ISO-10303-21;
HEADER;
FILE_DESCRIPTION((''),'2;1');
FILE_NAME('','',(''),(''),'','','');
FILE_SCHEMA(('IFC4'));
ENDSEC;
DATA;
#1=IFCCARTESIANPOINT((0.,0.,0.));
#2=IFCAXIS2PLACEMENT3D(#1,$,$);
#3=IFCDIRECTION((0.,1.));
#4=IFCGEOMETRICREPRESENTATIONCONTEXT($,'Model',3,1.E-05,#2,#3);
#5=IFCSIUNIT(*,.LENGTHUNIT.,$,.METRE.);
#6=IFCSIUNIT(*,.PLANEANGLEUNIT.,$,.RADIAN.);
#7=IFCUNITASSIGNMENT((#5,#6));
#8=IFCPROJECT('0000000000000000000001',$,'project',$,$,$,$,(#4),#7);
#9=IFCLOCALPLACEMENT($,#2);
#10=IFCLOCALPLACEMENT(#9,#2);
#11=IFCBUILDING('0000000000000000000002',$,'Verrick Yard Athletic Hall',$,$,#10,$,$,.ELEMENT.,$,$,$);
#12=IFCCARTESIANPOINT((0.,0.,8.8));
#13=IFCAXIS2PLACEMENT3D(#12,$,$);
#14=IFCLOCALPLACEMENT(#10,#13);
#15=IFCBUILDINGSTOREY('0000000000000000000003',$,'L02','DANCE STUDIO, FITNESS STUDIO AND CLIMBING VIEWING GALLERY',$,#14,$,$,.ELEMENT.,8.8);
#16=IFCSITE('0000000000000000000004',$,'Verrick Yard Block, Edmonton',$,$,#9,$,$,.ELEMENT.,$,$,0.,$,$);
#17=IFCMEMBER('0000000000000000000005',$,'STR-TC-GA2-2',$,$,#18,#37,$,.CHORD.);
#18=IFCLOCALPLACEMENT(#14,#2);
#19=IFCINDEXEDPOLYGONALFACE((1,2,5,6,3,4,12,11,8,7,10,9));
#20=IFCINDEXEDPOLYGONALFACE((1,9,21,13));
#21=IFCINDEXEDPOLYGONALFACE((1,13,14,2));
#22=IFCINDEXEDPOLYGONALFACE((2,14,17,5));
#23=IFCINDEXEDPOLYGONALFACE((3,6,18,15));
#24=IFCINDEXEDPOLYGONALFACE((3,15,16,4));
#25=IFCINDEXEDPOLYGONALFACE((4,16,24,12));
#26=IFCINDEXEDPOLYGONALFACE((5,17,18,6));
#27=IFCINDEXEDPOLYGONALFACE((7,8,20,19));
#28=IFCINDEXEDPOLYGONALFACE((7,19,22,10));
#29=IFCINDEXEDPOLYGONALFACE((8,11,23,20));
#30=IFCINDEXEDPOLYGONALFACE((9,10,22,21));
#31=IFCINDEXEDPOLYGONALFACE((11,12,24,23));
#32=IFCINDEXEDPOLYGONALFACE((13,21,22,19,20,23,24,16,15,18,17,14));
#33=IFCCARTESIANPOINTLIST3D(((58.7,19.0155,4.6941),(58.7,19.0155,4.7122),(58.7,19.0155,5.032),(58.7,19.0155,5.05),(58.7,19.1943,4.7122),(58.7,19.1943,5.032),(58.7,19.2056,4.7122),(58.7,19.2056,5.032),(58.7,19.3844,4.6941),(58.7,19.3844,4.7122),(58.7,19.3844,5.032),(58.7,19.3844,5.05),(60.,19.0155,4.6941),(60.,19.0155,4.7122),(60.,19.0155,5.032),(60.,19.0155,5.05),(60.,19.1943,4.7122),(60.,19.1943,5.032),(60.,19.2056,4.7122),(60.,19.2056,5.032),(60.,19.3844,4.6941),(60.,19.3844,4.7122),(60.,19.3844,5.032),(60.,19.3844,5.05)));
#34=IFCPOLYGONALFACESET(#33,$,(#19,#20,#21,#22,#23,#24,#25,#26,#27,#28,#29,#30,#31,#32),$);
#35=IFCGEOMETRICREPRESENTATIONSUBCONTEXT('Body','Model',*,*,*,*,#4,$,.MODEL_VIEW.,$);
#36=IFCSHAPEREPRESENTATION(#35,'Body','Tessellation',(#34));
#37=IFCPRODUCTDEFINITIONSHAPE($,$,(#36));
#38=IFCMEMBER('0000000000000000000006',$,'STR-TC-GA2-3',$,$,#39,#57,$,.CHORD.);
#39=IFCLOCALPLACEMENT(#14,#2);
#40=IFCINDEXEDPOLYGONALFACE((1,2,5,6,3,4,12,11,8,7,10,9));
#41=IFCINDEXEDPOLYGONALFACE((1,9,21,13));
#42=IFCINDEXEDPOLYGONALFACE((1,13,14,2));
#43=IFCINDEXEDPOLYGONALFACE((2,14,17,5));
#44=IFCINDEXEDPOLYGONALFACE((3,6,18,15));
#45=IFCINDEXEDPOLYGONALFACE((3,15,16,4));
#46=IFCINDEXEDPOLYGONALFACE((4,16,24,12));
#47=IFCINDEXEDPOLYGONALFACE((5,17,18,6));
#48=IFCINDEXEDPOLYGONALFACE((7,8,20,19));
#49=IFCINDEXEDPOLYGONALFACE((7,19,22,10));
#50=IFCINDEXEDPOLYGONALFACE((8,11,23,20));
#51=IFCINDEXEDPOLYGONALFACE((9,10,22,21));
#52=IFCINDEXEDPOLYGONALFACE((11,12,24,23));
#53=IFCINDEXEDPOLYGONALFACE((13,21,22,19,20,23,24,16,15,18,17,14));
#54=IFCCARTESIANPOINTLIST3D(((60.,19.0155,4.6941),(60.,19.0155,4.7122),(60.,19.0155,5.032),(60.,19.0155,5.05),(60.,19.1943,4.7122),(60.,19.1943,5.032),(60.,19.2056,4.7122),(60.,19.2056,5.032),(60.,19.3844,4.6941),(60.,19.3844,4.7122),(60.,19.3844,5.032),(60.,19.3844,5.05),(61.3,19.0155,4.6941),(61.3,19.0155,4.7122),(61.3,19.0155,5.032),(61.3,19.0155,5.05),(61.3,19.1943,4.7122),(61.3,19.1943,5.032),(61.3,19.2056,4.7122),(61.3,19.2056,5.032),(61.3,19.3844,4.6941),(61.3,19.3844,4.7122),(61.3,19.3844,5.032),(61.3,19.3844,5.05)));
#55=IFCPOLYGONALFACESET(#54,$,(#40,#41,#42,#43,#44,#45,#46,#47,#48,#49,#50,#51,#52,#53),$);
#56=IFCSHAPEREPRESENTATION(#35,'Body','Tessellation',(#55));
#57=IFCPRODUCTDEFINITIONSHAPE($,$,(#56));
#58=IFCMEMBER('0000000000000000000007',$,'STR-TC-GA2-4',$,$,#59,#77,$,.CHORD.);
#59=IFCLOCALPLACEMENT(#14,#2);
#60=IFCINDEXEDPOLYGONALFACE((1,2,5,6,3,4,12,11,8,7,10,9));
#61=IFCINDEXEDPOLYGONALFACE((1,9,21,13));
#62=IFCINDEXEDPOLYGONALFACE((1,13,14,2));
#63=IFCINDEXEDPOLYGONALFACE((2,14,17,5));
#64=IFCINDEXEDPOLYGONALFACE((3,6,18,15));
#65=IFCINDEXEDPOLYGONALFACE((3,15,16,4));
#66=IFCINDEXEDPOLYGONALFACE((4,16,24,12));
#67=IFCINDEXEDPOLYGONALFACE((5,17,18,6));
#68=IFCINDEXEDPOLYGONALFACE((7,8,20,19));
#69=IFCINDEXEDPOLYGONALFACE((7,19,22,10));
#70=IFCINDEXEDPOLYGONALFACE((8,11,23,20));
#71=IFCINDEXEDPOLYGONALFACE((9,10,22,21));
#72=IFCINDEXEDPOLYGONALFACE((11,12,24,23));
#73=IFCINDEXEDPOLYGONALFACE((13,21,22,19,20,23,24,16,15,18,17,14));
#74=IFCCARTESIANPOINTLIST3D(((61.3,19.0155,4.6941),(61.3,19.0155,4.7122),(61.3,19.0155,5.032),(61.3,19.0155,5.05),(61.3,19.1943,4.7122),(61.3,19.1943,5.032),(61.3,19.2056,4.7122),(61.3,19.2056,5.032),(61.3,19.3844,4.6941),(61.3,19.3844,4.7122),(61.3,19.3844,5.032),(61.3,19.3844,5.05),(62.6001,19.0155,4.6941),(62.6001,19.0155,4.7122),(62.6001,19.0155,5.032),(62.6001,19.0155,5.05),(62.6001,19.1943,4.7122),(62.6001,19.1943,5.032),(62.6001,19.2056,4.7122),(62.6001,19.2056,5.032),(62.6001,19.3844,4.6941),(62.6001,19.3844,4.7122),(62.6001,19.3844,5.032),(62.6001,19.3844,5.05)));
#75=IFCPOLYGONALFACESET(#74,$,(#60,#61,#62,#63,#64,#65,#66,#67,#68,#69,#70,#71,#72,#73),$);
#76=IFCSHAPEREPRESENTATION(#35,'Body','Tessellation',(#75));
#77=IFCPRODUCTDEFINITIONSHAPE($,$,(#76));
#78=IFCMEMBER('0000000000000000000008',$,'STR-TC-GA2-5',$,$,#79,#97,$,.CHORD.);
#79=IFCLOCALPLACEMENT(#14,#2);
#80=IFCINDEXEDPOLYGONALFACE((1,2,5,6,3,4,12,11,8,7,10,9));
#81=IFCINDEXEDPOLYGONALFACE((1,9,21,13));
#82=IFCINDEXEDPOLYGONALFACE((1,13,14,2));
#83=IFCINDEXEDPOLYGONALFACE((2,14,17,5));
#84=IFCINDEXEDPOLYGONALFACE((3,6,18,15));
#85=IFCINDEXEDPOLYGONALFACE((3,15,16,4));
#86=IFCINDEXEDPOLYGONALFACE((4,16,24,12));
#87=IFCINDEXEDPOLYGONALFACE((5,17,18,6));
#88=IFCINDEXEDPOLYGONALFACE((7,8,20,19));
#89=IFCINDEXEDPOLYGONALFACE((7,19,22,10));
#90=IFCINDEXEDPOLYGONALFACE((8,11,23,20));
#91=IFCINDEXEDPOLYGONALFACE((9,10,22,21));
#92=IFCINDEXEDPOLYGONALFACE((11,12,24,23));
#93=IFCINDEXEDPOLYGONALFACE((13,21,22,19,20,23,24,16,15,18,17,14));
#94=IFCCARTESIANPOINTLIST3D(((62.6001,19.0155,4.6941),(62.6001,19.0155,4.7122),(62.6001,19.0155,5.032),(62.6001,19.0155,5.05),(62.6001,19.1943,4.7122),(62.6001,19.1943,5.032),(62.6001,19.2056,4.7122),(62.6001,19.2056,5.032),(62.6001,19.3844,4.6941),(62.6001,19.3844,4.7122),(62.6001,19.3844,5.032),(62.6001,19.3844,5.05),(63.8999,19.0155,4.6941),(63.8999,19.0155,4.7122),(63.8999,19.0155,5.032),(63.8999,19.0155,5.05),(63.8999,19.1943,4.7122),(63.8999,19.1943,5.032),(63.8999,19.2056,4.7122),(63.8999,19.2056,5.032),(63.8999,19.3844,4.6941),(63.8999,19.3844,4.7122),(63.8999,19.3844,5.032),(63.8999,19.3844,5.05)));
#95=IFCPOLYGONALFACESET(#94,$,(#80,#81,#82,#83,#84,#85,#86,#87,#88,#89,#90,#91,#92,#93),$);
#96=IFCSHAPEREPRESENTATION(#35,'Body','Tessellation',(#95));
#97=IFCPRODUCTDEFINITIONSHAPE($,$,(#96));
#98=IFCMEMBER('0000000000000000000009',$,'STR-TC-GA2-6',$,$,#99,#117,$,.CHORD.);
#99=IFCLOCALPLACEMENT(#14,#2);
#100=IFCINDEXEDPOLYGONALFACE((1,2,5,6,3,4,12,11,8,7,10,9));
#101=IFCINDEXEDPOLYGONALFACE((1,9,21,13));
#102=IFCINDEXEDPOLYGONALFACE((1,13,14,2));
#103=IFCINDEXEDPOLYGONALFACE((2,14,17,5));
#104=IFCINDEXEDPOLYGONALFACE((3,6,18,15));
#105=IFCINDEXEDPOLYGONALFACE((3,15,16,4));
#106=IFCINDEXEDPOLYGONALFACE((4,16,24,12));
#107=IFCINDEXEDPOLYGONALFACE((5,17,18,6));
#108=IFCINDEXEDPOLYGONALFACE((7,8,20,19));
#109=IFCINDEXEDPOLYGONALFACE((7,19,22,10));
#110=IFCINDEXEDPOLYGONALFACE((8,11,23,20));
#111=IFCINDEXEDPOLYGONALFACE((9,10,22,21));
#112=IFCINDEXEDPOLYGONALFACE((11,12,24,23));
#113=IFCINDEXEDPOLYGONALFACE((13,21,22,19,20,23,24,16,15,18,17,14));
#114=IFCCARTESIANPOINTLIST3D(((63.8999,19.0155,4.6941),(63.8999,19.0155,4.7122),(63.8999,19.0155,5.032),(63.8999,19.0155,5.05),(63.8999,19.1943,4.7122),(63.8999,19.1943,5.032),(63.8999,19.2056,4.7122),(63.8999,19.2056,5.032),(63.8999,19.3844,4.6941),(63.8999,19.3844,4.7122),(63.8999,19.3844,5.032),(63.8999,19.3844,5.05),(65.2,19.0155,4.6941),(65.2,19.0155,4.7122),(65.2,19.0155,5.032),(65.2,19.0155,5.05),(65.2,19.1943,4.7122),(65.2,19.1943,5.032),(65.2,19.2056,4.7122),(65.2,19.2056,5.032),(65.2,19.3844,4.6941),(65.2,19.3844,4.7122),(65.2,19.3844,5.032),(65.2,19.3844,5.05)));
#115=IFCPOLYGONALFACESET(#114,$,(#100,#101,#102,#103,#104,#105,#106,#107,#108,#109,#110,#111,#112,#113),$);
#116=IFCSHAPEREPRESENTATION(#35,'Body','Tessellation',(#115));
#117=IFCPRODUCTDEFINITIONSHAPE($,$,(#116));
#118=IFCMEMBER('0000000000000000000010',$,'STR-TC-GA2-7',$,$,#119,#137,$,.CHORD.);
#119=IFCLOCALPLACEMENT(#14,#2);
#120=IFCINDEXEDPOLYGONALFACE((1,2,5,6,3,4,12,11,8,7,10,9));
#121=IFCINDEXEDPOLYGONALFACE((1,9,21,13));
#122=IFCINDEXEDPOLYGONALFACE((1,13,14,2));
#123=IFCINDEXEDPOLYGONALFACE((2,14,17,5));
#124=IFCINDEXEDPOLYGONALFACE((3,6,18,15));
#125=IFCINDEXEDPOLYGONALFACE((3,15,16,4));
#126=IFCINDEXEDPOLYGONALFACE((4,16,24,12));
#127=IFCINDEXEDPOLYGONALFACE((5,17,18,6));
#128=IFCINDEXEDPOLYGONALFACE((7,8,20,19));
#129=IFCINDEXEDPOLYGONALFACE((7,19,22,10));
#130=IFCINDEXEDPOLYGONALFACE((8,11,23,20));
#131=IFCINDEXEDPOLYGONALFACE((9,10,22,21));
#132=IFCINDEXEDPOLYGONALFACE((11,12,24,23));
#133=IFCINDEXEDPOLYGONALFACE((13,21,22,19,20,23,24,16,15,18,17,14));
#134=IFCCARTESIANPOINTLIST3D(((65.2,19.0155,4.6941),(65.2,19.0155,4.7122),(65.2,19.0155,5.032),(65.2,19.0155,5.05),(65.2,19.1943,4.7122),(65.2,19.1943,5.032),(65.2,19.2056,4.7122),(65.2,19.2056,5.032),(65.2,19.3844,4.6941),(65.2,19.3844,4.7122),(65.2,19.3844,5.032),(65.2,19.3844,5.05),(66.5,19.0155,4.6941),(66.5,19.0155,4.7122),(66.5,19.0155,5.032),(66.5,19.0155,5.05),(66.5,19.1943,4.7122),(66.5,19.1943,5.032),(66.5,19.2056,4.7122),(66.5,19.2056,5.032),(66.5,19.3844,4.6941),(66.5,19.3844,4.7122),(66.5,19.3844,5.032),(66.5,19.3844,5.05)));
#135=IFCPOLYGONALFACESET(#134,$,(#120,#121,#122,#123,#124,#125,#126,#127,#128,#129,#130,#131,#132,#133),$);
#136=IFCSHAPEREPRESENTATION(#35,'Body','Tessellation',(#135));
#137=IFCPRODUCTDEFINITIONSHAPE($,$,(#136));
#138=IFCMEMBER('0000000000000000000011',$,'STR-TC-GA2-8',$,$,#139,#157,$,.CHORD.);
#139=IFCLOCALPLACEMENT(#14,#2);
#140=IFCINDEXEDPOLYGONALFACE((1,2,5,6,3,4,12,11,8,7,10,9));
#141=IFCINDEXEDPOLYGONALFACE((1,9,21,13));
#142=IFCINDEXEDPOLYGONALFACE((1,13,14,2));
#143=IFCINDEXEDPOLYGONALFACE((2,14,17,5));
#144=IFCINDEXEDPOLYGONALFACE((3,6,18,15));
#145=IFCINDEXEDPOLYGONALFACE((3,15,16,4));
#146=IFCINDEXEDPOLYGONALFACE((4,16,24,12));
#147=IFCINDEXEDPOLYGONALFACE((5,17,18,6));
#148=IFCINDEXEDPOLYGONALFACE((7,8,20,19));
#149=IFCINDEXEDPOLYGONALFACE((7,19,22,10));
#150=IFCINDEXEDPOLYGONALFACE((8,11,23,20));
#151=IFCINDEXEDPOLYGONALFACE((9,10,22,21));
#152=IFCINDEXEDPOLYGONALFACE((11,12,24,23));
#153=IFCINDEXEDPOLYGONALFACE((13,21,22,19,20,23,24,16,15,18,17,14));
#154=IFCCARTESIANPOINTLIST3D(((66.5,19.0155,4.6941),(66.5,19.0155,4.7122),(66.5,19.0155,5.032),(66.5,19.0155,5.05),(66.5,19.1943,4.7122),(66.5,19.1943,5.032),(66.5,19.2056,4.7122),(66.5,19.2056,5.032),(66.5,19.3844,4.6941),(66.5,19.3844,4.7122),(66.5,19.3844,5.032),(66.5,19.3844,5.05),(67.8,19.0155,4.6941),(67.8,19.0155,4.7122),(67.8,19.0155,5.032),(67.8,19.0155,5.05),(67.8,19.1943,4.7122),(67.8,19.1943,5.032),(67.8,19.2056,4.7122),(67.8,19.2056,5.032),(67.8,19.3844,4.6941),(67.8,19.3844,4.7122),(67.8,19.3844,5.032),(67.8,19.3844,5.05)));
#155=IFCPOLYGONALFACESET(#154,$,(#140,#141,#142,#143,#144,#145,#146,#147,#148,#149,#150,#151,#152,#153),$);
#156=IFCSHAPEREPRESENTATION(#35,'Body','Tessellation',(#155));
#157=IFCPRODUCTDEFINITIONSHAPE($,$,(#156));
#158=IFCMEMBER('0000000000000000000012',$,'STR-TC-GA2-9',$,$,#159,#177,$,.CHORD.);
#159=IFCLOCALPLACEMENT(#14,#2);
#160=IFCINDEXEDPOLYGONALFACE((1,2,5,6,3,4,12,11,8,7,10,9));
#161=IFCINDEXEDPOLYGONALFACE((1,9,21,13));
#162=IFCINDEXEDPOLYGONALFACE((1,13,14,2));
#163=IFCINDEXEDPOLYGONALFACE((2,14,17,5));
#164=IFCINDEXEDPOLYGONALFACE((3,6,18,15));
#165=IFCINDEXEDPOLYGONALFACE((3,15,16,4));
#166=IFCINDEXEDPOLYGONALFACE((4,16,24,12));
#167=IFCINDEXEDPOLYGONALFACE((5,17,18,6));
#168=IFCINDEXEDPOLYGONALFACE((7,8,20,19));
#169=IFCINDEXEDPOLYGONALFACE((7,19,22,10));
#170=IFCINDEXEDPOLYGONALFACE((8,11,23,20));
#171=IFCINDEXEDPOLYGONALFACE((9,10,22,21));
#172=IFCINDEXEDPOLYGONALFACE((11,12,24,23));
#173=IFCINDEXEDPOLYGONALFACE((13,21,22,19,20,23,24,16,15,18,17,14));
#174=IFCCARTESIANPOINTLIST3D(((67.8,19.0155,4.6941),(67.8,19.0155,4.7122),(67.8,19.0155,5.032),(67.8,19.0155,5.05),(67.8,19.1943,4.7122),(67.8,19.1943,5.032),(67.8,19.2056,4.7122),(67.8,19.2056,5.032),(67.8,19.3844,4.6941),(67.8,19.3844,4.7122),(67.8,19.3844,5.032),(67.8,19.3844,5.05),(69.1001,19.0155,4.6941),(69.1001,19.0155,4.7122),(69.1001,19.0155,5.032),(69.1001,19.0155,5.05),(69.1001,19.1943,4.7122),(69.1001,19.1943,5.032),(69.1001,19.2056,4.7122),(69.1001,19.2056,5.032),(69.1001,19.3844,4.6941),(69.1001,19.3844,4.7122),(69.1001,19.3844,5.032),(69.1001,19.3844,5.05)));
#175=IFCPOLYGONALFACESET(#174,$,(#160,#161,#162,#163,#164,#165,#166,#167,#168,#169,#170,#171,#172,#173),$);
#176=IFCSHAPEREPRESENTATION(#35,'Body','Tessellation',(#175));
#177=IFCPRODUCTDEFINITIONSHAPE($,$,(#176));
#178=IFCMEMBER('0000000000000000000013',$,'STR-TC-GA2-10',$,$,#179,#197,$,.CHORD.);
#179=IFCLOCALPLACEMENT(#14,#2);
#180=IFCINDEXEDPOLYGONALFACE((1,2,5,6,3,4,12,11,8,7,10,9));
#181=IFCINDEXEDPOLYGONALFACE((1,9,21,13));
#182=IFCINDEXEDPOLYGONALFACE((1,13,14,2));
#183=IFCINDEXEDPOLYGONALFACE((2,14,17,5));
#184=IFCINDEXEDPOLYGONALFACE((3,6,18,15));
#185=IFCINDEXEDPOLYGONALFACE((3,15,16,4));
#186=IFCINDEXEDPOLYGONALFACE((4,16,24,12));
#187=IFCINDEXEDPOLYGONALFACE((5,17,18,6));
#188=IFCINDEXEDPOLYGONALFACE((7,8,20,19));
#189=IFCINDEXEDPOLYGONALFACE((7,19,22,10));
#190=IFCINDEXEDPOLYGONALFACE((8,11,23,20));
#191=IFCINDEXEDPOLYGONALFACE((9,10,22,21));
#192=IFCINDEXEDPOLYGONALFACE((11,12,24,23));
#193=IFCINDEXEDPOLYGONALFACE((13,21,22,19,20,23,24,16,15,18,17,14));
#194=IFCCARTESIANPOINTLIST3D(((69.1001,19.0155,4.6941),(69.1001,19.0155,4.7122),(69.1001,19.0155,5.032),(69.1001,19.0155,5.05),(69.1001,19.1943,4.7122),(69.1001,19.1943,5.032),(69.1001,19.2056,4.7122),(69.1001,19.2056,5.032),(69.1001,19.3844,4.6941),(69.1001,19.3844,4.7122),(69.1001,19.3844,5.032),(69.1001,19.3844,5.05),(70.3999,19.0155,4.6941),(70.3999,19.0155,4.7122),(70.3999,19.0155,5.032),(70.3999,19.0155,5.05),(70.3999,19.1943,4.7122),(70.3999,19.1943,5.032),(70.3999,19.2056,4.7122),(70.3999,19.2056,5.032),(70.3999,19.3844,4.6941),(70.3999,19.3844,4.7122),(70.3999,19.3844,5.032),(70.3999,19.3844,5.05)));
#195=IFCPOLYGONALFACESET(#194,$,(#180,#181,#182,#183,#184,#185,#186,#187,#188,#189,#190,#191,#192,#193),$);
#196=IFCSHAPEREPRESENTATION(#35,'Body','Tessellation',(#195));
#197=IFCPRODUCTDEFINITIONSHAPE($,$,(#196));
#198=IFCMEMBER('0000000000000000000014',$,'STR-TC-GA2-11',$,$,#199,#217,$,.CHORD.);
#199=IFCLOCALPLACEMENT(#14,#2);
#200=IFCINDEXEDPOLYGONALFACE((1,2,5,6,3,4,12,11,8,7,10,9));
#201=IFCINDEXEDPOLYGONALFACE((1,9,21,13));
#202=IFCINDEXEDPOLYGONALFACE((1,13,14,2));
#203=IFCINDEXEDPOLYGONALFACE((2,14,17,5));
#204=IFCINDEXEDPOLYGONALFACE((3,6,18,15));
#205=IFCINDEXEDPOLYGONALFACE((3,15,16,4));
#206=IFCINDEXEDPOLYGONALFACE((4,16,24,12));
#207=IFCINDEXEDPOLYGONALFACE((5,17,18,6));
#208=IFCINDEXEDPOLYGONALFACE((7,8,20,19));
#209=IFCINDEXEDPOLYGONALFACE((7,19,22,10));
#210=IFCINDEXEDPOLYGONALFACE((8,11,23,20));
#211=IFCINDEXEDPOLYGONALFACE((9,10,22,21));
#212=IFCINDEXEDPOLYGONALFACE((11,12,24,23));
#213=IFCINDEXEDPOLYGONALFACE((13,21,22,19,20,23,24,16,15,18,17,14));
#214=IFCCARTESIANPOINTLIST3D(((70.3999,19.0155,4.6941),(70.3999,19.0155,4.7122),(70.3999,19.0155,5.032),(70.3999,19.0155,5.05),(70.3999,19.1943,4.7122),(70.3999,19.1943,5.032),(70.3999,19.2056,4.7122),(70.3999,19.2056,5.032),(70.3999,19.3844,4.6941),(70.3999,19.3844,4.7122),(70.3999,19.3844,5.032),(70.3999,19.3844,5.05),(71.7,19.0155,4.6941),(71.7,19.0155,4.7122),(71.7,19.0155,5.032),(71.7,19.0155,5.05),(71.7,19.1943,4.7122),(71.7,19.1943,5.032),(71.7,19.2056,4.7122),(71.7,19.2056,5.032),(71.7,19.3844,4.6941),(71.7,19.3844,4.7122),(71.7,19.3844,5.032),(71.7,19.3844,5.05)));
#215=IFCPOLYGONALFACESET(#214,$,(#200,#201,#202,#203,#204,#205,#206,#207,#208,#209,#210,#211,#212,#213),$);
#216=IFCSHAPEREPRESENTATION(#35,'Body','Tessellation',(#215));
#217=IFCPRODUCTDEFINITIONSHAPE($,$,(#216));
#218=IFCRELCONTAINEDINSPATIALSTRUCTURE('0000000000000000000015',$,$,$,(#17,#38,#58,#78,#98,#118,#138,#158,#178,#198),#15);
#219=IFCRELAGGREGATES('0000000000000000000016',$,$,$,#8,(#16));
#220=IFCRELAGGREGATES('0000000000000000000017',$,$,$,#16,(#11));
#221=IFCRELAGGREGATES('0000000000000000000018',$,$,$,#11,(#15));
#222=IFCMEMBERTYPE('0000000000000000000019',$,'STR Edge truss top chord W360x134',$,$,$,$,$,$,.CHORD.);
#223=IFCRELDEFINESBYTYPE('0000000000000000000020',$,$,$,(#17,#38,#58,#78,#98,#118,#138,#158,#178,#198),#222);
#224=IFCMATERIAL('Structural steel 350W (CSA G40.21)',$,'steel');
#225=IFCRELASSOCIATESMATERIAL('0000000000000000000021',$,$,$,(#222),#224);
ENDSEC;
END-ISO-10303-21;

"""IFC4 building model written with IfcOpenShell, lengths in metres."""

from ifc_helpers import new_model, si_unit, direction, frame, origin, origin_2d, place, context, subcontext, project, spatial, i_section, extrude, material, material_profile, profile_set, type_object, element, save


model = new_model("IFC4")

# Units and contexts
model_context = context("Model", 3, precision=1e-05, world=origin(), true_north=direction((0.0, 1.0)))
body_context = subcontext(model_context, "Body", "Model", "MODEL_VIEW")
ifc_project = project(units=[si_unit("LENGTHUNIT", "METRE"), si_unit("PLANEANGLEUNIT", "RADIAN")], contexts=[model_context])

# Site, building, storey
site_placement = place(None, origin())
site = spatial("IfcSite", under=ifc_project, at=site_placement, Name="Verrick Yard Block, Edmonton", CompositionType="ELEMENT", RefElevation=0.0)
building_placement = place(site_placement, origin())
building = spatial("IfcBuilding", under=site, at=building_placement, Name="Verrick Yard Athletic Hall", CompositionType="ELEMENT")
storey_placement = place(building_placement, frame((0.0, 0.0, 8.8)))
storey = spatial("IfcBuildingStorey", under=building, at=storey_placement, Name="L02", Description="DANCE STUDIO, FITNESS STUDIO AND CLIMBING VIEWING GALLERY", CompositionType="ELEMENT", Elevation=8.8)

# Members
ifc_material_1 = material(Name="Structural steel 350W (CSA G40.21)", Category="steel")
ifc_material_profile_1 = material_profile(ifc_material_1, i_section(OverallWidth=0.3689, OverallDepth=0.356, WebThickness=0.0112, FlangeThickness=0.0181, at=origin_2d()), Name="W360x134")
ifc_profile_set_1 = profile_set([ifc_material_profile_1], Name="Structural steel 350W (CSA G40.21)")
member_type_1 = type_object("IfcMemberType", Name="STR Edge truss top chord W360x134", PredefinedType="CHORD", material=ifc_profile_set_1)
for number, where, z_axis, x_axis, name in (
    (1, (58.7, 19.2, 4.8721), (1.0, 0.0, 0.0), (0.0, 1.0, 0.0), "STR-TC-GA2-2"),
    (2, (60.0, 19.2, 4.8721), (1.0, 0.0, 0.0), (0.0, 1.0, 0.0), "STR-TC-GA2-3"),
    (3, (61.3, 19.2, 4.8721), (1.0, 0.0, 0.0), (0.0, 1.0, 0.0), "STR-TC-GA2-4"),
):
    element("IfcMember", number, at=place(storey_placement, frame(where, z_axis=z_axis, x_axis=x_axis)), inside=storey, type_object=member_type_1, Name=name, PredefinedType="CHORD", context=body_context, shape_type="SweptSolid", body=[
        extrude(i_section(OverallWidth=0.3689, OverallDepth=0.356, WebThickness=0.0112, FlangeThickness=0.0181, at=origin_2d()), origin(), (0.0, 0.0, 1.0), 1.3),
    ])
member_1_placement = place(storey_placement, frame((62.6001, 19.2, 4.8721), z_axis=(1.0, 0.0, 0.0), x_axis=(0.0, 1.0, 0.0)))
element("IfcMember", 4, at=member_1_placement, inside=storey, type_object=member_type_1, Name="STR-TC-GA2-5", PredefinedType="CHORD", context=body_context, shape_type="SweptSolid", body=[
    extrude(i_section(OverallWidth=0.3689, OverallDepth=0.356, WebThickness=0.0112, FlangeThickness=0.0181, at=origin_2d()), origin(), (0.0, 0.0, 1.0), 1.2998),
])
for number, where, z_axis, x_axis, name in (
    (5, (63.8999, 19.2, 4.8721), (1.0, 0.0, 0.0), (0.0, 1.0, 0.0), "STR-TC-GA2-6"),
    (6, (65.2, 19.2, 4.8721), (1.0, 0.0, 0.0), (0.0, 1.0, 0.0), "STR-TC-GA2-7"),
    (7, (66.5, 19.2, 4.8721), (1.0, 0.0, 0.0), (0.0, 1.0, 0.0), "STR-TC-GA2-8"),
    (8, (67.8, 19.2, 4.8721), (1.0, 0.0, 0.0), (0.0, 1.0, 0.0), "STR-TC-GA2-9"),
):
    element("IfcMember", number, at=place(storey_placement, frame(where, z_axis=z_axis, x_axis=x_axis)), inside=storey, type_object=member_type_1, Name=name, PredefinedType="CHORD", context=body_context, shape_type="SweptSolid", body=[
        extrude(i_section(OverallWidth=0.3689, OverallDepth=0.356, WebThickness=0.0112, FlangeThickness=0.0181, at=origin_2d()), origin(), (0.0, 0.0, 1.0), 1.3),
    ])
member_2_placement = place(storey_placement, frame((69.1001, 19.2, 4.8721), z_axis=(1.0, 0.0, 0.0), x_axis=(0.0, 1.0, 0.0)))
element("IfcMember", 9, at=member_2_placement, inside=storey, type_object=member_type_1, Name="STR-TC-GA2-10", PredefinedType="CHORD", context=body_context, shape_type="SweptSolid", body=[
    extrude(i_section(OverallWidth=0.3689, OverallDepth=0.356, WebThickness=0.0112, FlangeThickness=0.0181, at=origin_2d()), origin(), (0.0, 0.0, 1.0), 1.2998),
])
member_3_placement = place(storey_placement, frame((70.3999, 19.2, 4.8721), z_axis=(1.0, 0.0, 0.0), x_axis=(0.0, 1.0, 0.0)))
element("IfcMember", 10, at=member_3_placement, inside=storey, type_object=member_type_1, Name="STR-TC-GA2-11", PredefinedType="CHORD", context=body_context, shape_type="SweptSolid", body=[
    extrude(i_section(OverallWidth=0.3689, OverallDepth=0.356, WebThickness=0.0112, FlangeThickness=0.0181, at=origin_2d()), origin(), (0.0, 0.0, 1.0), 1.3),
])

save(model, "model.ifc")
